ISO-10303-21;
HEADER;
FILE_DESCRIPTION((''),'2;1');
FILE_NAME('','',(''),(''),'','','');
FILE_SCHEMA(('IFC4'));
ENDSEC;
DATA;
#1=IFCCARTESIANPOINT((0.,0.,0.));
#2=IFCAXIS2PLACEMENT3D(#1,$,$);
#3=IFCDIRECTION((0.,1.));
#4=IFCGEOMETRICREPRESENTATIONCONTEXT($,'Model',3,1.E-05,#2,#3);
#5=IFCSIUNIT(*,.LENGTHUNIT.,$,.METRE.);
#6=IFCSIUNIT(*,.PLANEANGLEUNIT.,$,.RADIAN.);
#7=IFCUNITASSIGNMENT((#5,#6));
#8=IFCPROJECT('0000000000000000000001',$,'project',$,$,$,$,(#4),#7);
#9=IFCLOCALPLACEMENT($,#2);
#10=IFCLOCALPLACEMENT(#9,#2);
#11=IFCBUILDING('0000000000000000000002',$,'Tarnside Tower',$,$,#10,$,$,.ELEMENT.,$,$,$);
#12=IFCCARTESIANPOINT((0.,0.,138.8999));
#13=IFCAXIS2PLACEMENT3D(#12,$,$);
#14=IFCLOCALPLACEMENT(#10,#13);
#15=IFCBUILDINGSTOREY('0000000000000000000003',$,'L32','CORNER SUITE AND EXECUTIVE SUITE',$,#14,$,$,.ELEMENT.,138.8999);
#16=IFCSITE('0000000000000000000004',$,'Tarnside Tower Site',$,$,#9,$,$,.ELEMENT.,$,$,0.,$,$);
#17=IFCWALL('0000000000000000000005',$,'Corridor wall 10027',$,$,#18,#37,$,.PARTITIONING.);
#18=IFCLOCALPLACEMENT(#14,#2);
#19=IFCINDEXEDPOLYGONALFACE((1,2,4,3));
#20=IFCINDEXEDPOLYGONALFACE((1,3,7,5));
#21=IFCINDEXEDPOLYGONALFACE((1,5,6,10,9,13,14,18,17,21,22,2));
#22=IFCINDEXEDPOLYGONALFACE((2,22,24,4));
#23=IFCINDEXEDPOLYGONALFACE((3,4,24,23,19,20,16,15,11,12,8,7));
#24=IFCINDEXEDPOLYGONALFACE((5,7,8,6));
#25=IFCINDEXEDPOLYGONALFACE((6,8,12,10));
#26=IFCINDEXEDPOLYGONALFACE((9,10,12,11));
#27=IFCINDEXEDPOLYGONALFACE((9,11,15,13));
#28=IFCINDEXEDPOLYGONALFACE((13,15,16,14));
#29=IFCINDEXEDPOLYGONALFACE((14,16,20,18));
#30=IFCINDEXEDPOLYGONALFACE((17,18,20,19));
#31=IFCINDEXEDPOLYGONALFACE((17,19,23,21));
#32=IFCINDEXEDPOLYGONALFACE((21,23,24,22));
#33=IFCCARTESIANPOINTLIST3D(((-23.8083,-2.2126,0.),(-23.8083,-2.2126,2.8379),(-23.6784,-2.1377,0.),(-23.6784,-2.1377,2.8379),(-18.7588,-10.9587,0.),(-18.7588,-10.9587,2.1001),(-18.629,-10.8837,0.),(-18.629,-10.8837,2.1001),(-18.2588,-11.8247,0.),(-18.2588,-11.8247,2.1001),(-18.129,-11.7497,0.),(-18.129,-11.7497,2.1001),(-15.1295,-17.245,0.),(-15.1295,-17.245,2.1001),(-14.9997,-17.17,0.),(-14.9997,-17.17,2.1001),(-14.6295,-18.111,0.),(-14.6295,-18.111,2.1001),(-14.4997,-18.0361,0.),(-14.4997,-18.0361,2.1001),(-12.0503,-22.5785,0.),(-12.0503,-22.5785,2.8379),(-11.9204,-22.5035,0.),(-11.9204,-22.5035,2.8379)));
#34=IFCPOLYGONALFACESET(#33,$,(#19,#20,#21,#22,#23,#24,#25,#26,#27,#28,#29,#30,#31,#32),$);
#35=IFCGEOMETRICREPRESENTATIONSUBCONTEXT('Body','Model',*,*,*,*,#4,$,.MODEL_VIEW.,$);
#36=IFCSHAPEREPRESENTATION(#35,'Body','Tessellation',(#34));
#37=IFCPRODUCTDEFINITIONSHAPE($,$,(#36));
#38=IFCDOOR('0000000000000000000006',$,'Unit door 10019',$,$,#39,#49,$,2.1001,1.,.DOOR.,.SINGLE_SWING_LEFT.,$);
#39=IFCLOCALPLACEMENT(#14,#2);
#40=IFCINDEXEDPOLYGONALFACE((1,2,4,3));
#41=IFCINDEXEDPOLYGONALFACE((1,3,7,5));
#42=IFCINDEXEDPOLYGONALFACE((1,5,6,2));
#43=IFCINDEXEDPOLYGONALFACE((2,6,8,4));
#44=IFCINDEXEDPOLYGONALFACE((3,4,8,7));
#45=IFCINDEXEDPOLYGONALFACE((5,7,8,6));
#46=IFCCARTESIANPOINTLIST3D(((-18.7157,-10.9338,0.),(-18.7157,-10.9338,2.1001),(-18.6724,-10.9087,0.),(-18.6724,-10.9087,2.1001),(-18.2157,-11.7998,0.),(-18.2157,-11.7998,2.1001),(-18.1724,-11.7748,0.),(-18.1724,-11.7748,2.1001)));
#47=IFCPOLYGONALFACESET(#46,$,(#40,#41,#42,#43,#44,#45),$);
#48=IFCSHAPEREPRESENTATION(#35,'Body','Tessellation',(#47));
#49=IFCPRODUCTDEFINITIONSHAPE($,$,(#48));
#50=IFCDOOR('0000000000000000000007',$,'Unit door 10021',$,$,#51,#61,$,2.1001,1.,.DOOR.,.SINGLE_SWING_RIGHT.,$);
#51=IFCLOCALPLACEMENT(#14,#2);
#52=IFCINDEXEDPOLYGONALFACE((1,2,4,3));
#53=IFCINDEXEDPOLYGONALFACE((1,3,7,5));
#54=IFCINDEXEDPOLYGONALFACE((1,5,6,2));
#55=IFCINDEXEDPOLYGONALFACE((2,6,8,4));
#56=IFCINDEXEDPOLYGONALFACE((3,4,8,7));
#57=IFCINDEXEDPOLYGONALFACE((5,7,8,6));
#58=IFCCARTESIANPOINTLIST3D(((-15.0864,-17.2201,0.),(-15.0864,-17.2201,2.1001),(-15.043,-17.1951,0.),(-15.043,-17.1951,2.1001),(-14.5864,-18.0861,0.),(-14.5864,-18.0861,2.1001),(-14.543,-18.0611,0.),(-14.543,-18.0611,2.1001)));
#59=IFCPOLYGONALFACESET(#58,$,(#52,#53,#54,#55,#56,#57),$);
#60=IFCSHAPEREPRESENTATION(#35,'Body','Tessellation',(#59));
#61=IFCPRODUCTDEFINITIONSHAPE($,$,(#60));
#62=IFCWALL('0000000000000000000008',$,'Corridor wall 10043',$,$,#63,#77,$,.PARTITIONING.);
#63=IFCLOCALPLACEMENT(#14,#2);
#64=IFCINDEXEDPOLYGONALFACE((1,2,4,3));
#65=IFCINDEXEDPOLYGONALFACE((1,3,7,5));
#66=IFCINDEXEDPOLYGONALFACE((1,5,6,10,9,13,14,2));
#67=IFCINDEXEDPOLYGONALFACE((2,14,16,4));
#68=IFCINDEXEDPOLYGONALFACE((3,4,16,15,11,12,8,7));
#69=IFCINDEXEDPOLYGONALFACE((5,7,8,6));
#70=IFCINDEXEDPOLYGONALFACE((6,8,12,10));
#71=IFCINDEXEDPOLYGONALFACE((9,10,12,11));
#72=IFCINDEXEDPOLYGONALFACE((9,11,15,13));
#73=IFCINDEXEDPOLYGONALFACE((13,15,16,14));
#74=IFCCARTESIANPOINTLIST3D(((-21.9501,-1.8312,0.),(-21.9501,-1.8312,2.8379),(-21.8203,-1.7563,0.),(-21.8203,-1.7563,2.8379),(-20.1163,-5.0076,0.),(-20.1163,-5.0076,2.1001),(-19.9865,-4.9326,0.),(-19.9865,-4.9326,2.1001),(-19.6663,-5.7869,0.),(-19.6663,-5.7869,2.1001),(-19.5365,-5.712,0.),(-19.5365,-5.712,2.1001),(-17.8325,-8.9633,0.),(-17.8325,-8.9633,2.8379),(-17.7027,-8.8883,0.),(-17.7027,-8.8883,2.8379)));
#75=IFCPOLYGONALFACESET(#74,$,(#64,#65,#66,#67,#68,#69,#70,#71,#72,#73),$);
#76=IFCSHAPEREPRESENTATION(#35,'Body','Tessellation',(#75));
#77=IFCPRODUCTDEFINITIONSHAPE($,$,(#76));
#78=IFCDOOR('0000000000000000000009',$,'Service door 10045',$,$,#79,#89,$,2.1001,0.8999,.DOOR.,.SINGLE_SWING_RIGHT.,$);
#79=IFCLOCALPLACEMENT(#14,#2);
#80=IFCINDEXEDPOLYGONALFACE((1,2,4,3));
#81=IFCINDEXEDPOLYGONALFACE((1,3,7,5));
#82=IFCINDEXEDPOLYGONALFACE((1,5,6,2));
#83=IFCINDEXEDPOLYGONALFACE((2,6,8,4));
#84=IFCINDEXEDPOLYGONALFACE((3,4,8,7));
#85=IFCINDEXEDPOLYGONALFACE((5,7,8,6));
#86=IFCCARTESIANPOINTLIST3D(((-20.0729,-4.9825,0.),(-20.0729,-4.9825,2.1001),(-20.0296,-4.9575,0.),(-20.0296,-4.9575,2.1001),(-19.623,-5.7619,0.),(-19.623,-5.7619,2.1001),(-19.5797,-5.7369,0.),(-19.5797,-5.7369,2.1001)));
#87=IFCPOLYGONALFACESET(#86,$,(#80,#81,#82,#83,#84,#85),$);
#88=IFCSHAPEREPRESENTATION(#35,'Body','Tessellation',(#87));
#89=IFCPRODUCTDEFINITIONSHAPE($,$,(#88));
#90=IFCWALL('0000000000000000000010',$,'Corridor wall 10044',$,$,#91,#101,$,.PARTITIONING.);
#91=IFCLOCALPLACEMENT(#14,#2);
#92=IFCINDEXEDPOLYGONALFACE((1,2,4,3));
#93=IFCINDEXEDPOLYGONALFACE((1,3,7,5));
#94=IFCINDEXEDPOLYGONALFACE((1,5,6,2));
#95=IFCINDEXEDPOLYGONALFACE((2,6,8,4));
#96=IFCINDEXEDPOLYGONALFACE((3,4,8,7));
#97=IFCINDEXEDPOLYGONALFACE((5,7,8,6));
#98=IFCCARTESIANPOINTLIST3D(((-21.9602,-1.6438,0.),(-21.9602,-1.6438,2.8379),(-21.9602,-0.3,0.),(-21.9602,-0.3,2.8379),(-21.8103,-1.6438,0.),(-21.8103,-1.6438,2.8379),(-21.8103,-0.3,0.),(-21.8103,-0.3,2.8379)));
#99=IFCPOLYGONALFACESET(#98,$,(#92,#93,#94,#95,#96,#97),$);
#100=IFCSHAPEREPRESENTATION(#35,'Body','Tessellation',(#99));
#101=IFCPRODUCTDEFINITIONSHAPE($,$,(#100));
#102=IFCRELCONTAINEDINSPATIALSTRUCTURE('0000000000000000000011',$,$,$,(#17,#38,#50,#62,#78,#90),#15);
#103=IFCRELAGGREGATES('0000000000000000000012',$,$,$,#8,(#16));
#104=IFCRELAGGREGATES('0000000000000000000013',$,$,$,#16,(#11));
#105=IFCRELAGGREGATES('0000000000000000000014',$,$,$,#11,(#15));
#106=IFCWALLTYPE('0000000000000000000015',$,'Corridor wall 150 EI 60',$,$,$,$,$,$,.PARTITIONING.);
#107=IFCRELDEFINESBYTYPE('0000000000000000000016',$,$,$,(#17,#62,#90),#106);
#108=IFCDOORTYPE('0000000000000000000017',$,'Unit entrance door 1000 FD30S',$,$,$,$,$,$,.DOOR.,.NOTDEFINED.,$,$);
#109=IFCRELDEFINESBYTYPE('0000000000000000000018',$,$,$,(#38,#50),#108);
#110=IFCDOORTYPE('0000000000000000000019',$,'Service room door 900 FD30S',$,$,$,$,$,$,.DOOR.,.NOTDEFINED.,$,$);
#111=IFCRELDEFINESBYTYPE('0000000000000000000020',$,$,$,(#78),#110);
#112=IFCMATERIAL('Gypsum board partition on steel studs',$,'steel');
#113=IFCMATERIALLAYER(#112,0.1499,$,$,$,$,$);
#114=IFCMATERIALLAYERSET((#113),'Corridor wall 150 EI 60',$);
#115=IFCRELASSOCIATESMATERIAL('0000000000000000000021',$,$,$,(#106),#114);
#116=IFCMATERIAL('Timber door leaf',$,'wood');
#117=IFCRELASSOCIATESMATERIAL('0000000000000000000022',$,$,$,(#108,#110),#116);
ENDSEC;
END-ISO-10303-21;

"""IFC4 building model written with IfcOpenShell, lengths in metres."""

from ifc_helpers import new_model, si_unit, direction, frame, frame_2d, origin, place, context, subcontext, project, spatial, rectangle, extrude, material, layer, layer_set, type_object, element, fill, save


model = new_model("IFC4")

# Units and contexts
model_context = context("Model", 3, precision=1e-05, world=origin(), true_north=direction((0.0, 1.0)))
body_context = subcontext(model_context, "Body", "Model", "MODEL_VIEW")
ifc_project = project(units=[si_unit("LENGTHUNIT", "METRE"), si_unit("PLANEANGLEUNIT", "RADIAN")], contexts=[model_context])

# Site, building, storey
site_placement = place(None, origin())
site = spatial("IfcSite", under=ifc_project, at=site_placement, Name="Tarnside Tower Site", CompositionType="ELEMENT", RefElevation=0.0)
building_placement = place(site_placement, origin())
building = spatial("IfcBuilding", under=site, at=building_placement, Name="Tarnside Tower", CompositionType="ELEMENT")
storey_placement = place(building_placement, frame((0.0, 0.0, 138.8999)))
storey = spatial("IfcBuildingStorey", under=building, at=storey_placement, Name="L32", Description="CORNER SUITE AND EXECUTIVE SUITE", CompositionType="ELEMENT", Elevation=138.8999)

# Shared definitions
ifc_material_1 = material(Name="Gypsum board partition on steel studs", Category="steel")
ifc_material_2 = material(Name="Timber door leaf", Category="wood")

# Wall, openings, doors
ifc_layer_1 = layer(ifc_material_1, 0.1499)
ifc_layer_set_1 = layer_set([ifc_layer_1], Name="Corridor wall 150 EI 60")
wall_type_1 = type_object("IfcWallType", Name="Corridor wall 150 EI 60", PredefinedType="PARTITIONING", material=ifc_layer_set_1)
wall_1_placement = place(storey_placement, frame((-23.7434, -2.175, 0.0), z_axis=(0.0, 0.0, 1.0), x_axis=(0.499992, -0.86603, 0.0)))
wall_1 = element("IfcWall", 1, at=wall_1_placement, inside=storey, type_object=wall_type_1, Name="Corridor wall 10027", PredefinedType="PARTITIONING", context=body_context, shape_type="SweptSolid", body=[
    extrude(rectangle(XDim=23.5164, YDim=0.1499, at=frame_2d((11.7583, 0.0))), origin(), (0.0, 0.0, 1.0), 2.8379),
])
opening_1_placement = place(wall_1_placement, frame((10.0991, 0.0, 0.0)))
opening_1 = element("IfcOpeningElement", 2, at=opening_1_placement, cuts=wall_1, PredefinedType="OPENING", context=body_context, shape_type="SweptSolid", body=[
    extrude(rectangle(XDim=1.0, YDim=2.1001, at=frame_2d((0.5, 1.05))), frame((0.0, 0.085, 0.0), z_axis=(0.0, -1.0, 0.0), x_axis=(1.0, 0.0, 0.0)), (0.0, 0.0, 1.0), 0.1699),
])
opening_2_placement = place(wall_1_placement, frame((17.3579, 0.0, 0.0)))
opening_2 = element("IfcOpeningElement", 3, at=opening_2_placement, cuts=wall_1, PredefinedType="OPENING", context=body_context, shape_type="SweptSolid", body=[
    extrude(rectangle(XDim=1.0, YDim=2.1001, at=frame_2d((0.5, 1.05))), frame((0.0, 0.085, 0.0), z_axis=(0.0, -1.0, 0.0), x_axis=(1.0, 0.0, 0.0)), (0.0, 0.0, 1.0), 0.1699),
])
door_type_1 = type_object("IfcDoorType", Name="Unit entrance door 1000 FD30S", OperationType="NOTDEFINED", PredefinedType="DOOR", material=ifc_material_2)
door_1_placement = place(opening_1_placement, origin())
door_1 = element("IfcDoor", 4, at=door_1_placement, inside=storey, type_object=door_type_1, Name="Unit door 10019", OperationType="SINGLE_SWING_LEFT", OverallHeight=2.1001, OverallWidth=1.0, PredefinedType="DOOR", context=body_context, shape_type="SweptSolid", body=[
    extrude(rectangle(XDim=1.0, YDim=2.1001, at=frame_2d((0.5, 1.05))), frame((0.0, 0.0249, 0.0), z_axis=(0.0, -1.0, 0.0), x_axis=(1.0, 0.0, 0.0)), (0.0, 0.0, 1.0), 0.05),
])
fill(opening_1, door_1)
door_2_placement = place(opening_2_placement, origin())
door_2 = element("IfcDoor", 5, at=door_2_placement, inside=storey, type_object=door_type_1, Name="Unit door 10021", OperationType="SINGLE_SWING_RIGHT", OverallHeight=2.1001, OverallWidth=1.0, PredefinedType="DOOR", context=body_context, shape_type="SweptSolid", body=[
    extrude(rectangle(XDim=1.0, YDim=2.1001, at=frame_2d((0.5, 1.05))), frame((0.0, 0.0249, 0.0), z_axis=(0.0, -1.0, 0.0), x_axis=(1.0, 0.0, 0.0)), (0.0, 0.0, 1.0), 0.05),
])
fill(opening_2, door_2)

# Wall, opening, door
wall_2_placement = place(storey_placement, frame((-17.7676, -8.9258, 0.0), z_axis=(0.0, 0.0, 1.0), x_axis=(-0.499997, 0.866027, 0.0)))
wall_2 = element("IfcWall", 6, at=wall_2_placement, inside=storey, type_object=wall_type_1, Name="Corridor wall 10043", PredefinedType="PARTITIONING", context=body_context, shape_type="SweptSolid", body=[
    extrude(rectangle(XDim=8.2354, YDim=0.1499, at=frame_2d((4.1177, 0.0))), origin(), (0.0, 0.0, 1.0), 2.8379),
])
opening_3_placement = place(wall_2_placement, frame((3.6677, 0.0, 0.0)))
opening_3 = element("IfcOpeningElement", 7, at=opening_3_placement, cuts=wall_2, PredefinedType="OPENING", context=body_context, shape_type="SweptSolid", body=[
    extrude(rectangle(XDim=0.8999, YDim=2.1001, at=frame_2d((0.45, 1.05))), frame((0.0, 0.085, 0.0), z_axis=(0.0, -1.0, 0.0), x_axis=(1.0, 0.0, 0.0)), (0.0, 0.0, 1.0), 0.1699),
])
door_type_2 = type_object("IfcDoorType", Name="Service room door 900 FD30S", OperationType="NOTDEFINED", PredefinedType="DOOR", material=ifc_material_2)
door_3_placement = place(opening_3_placement, origin())
door_3 = element("IfcDoor", 8, at=door_3_placement, inside=storey, type_object=door_type_2, Name="Service door 10045", OperationType="SINGLE_SWING_RIGHT", OverallHeight=2.1001, OverallWidth=0.8999, PredefinedType="DOOR", context=body_context, shape_type="SweptSolid", body=[
    extrude(rectangle(XDim=0.8999, YDim=2.1001, at=frame_2d((0.45, 1.05))), frame((0.0, 0.0249, 0.0), z_axis=(0.0, -1.0, 0.0), x_axis=(1.0, 0.0, 0.0)), (0.0, 0.0, 1.0), 0.05),
])
fill(opening_3, door_3)

# Wall
wall_3_placement = place(storey_placement, frame((-21.8853, -1.6438, 0.0), z_axis=(0.0, 0.0, 1.0), x_axis=(0.0, 1.0, 0.0)))
element("IfcWall", 9, at=wall_3_placement, inside=storey, type_object=wall_type_1, Name="Corridor wall 10044", PredefinedType="PARTITIONING", context=body_context, shape_type="SweptSolid", body=[
    extrude(rectangle(XDim=1.3438, YDim=0.1499, at=frame_2d((0.6719, 0.0))), origin(), (0.0, 0.0, 1.0), 2.8379),
])

save(model, "model.ifc")
